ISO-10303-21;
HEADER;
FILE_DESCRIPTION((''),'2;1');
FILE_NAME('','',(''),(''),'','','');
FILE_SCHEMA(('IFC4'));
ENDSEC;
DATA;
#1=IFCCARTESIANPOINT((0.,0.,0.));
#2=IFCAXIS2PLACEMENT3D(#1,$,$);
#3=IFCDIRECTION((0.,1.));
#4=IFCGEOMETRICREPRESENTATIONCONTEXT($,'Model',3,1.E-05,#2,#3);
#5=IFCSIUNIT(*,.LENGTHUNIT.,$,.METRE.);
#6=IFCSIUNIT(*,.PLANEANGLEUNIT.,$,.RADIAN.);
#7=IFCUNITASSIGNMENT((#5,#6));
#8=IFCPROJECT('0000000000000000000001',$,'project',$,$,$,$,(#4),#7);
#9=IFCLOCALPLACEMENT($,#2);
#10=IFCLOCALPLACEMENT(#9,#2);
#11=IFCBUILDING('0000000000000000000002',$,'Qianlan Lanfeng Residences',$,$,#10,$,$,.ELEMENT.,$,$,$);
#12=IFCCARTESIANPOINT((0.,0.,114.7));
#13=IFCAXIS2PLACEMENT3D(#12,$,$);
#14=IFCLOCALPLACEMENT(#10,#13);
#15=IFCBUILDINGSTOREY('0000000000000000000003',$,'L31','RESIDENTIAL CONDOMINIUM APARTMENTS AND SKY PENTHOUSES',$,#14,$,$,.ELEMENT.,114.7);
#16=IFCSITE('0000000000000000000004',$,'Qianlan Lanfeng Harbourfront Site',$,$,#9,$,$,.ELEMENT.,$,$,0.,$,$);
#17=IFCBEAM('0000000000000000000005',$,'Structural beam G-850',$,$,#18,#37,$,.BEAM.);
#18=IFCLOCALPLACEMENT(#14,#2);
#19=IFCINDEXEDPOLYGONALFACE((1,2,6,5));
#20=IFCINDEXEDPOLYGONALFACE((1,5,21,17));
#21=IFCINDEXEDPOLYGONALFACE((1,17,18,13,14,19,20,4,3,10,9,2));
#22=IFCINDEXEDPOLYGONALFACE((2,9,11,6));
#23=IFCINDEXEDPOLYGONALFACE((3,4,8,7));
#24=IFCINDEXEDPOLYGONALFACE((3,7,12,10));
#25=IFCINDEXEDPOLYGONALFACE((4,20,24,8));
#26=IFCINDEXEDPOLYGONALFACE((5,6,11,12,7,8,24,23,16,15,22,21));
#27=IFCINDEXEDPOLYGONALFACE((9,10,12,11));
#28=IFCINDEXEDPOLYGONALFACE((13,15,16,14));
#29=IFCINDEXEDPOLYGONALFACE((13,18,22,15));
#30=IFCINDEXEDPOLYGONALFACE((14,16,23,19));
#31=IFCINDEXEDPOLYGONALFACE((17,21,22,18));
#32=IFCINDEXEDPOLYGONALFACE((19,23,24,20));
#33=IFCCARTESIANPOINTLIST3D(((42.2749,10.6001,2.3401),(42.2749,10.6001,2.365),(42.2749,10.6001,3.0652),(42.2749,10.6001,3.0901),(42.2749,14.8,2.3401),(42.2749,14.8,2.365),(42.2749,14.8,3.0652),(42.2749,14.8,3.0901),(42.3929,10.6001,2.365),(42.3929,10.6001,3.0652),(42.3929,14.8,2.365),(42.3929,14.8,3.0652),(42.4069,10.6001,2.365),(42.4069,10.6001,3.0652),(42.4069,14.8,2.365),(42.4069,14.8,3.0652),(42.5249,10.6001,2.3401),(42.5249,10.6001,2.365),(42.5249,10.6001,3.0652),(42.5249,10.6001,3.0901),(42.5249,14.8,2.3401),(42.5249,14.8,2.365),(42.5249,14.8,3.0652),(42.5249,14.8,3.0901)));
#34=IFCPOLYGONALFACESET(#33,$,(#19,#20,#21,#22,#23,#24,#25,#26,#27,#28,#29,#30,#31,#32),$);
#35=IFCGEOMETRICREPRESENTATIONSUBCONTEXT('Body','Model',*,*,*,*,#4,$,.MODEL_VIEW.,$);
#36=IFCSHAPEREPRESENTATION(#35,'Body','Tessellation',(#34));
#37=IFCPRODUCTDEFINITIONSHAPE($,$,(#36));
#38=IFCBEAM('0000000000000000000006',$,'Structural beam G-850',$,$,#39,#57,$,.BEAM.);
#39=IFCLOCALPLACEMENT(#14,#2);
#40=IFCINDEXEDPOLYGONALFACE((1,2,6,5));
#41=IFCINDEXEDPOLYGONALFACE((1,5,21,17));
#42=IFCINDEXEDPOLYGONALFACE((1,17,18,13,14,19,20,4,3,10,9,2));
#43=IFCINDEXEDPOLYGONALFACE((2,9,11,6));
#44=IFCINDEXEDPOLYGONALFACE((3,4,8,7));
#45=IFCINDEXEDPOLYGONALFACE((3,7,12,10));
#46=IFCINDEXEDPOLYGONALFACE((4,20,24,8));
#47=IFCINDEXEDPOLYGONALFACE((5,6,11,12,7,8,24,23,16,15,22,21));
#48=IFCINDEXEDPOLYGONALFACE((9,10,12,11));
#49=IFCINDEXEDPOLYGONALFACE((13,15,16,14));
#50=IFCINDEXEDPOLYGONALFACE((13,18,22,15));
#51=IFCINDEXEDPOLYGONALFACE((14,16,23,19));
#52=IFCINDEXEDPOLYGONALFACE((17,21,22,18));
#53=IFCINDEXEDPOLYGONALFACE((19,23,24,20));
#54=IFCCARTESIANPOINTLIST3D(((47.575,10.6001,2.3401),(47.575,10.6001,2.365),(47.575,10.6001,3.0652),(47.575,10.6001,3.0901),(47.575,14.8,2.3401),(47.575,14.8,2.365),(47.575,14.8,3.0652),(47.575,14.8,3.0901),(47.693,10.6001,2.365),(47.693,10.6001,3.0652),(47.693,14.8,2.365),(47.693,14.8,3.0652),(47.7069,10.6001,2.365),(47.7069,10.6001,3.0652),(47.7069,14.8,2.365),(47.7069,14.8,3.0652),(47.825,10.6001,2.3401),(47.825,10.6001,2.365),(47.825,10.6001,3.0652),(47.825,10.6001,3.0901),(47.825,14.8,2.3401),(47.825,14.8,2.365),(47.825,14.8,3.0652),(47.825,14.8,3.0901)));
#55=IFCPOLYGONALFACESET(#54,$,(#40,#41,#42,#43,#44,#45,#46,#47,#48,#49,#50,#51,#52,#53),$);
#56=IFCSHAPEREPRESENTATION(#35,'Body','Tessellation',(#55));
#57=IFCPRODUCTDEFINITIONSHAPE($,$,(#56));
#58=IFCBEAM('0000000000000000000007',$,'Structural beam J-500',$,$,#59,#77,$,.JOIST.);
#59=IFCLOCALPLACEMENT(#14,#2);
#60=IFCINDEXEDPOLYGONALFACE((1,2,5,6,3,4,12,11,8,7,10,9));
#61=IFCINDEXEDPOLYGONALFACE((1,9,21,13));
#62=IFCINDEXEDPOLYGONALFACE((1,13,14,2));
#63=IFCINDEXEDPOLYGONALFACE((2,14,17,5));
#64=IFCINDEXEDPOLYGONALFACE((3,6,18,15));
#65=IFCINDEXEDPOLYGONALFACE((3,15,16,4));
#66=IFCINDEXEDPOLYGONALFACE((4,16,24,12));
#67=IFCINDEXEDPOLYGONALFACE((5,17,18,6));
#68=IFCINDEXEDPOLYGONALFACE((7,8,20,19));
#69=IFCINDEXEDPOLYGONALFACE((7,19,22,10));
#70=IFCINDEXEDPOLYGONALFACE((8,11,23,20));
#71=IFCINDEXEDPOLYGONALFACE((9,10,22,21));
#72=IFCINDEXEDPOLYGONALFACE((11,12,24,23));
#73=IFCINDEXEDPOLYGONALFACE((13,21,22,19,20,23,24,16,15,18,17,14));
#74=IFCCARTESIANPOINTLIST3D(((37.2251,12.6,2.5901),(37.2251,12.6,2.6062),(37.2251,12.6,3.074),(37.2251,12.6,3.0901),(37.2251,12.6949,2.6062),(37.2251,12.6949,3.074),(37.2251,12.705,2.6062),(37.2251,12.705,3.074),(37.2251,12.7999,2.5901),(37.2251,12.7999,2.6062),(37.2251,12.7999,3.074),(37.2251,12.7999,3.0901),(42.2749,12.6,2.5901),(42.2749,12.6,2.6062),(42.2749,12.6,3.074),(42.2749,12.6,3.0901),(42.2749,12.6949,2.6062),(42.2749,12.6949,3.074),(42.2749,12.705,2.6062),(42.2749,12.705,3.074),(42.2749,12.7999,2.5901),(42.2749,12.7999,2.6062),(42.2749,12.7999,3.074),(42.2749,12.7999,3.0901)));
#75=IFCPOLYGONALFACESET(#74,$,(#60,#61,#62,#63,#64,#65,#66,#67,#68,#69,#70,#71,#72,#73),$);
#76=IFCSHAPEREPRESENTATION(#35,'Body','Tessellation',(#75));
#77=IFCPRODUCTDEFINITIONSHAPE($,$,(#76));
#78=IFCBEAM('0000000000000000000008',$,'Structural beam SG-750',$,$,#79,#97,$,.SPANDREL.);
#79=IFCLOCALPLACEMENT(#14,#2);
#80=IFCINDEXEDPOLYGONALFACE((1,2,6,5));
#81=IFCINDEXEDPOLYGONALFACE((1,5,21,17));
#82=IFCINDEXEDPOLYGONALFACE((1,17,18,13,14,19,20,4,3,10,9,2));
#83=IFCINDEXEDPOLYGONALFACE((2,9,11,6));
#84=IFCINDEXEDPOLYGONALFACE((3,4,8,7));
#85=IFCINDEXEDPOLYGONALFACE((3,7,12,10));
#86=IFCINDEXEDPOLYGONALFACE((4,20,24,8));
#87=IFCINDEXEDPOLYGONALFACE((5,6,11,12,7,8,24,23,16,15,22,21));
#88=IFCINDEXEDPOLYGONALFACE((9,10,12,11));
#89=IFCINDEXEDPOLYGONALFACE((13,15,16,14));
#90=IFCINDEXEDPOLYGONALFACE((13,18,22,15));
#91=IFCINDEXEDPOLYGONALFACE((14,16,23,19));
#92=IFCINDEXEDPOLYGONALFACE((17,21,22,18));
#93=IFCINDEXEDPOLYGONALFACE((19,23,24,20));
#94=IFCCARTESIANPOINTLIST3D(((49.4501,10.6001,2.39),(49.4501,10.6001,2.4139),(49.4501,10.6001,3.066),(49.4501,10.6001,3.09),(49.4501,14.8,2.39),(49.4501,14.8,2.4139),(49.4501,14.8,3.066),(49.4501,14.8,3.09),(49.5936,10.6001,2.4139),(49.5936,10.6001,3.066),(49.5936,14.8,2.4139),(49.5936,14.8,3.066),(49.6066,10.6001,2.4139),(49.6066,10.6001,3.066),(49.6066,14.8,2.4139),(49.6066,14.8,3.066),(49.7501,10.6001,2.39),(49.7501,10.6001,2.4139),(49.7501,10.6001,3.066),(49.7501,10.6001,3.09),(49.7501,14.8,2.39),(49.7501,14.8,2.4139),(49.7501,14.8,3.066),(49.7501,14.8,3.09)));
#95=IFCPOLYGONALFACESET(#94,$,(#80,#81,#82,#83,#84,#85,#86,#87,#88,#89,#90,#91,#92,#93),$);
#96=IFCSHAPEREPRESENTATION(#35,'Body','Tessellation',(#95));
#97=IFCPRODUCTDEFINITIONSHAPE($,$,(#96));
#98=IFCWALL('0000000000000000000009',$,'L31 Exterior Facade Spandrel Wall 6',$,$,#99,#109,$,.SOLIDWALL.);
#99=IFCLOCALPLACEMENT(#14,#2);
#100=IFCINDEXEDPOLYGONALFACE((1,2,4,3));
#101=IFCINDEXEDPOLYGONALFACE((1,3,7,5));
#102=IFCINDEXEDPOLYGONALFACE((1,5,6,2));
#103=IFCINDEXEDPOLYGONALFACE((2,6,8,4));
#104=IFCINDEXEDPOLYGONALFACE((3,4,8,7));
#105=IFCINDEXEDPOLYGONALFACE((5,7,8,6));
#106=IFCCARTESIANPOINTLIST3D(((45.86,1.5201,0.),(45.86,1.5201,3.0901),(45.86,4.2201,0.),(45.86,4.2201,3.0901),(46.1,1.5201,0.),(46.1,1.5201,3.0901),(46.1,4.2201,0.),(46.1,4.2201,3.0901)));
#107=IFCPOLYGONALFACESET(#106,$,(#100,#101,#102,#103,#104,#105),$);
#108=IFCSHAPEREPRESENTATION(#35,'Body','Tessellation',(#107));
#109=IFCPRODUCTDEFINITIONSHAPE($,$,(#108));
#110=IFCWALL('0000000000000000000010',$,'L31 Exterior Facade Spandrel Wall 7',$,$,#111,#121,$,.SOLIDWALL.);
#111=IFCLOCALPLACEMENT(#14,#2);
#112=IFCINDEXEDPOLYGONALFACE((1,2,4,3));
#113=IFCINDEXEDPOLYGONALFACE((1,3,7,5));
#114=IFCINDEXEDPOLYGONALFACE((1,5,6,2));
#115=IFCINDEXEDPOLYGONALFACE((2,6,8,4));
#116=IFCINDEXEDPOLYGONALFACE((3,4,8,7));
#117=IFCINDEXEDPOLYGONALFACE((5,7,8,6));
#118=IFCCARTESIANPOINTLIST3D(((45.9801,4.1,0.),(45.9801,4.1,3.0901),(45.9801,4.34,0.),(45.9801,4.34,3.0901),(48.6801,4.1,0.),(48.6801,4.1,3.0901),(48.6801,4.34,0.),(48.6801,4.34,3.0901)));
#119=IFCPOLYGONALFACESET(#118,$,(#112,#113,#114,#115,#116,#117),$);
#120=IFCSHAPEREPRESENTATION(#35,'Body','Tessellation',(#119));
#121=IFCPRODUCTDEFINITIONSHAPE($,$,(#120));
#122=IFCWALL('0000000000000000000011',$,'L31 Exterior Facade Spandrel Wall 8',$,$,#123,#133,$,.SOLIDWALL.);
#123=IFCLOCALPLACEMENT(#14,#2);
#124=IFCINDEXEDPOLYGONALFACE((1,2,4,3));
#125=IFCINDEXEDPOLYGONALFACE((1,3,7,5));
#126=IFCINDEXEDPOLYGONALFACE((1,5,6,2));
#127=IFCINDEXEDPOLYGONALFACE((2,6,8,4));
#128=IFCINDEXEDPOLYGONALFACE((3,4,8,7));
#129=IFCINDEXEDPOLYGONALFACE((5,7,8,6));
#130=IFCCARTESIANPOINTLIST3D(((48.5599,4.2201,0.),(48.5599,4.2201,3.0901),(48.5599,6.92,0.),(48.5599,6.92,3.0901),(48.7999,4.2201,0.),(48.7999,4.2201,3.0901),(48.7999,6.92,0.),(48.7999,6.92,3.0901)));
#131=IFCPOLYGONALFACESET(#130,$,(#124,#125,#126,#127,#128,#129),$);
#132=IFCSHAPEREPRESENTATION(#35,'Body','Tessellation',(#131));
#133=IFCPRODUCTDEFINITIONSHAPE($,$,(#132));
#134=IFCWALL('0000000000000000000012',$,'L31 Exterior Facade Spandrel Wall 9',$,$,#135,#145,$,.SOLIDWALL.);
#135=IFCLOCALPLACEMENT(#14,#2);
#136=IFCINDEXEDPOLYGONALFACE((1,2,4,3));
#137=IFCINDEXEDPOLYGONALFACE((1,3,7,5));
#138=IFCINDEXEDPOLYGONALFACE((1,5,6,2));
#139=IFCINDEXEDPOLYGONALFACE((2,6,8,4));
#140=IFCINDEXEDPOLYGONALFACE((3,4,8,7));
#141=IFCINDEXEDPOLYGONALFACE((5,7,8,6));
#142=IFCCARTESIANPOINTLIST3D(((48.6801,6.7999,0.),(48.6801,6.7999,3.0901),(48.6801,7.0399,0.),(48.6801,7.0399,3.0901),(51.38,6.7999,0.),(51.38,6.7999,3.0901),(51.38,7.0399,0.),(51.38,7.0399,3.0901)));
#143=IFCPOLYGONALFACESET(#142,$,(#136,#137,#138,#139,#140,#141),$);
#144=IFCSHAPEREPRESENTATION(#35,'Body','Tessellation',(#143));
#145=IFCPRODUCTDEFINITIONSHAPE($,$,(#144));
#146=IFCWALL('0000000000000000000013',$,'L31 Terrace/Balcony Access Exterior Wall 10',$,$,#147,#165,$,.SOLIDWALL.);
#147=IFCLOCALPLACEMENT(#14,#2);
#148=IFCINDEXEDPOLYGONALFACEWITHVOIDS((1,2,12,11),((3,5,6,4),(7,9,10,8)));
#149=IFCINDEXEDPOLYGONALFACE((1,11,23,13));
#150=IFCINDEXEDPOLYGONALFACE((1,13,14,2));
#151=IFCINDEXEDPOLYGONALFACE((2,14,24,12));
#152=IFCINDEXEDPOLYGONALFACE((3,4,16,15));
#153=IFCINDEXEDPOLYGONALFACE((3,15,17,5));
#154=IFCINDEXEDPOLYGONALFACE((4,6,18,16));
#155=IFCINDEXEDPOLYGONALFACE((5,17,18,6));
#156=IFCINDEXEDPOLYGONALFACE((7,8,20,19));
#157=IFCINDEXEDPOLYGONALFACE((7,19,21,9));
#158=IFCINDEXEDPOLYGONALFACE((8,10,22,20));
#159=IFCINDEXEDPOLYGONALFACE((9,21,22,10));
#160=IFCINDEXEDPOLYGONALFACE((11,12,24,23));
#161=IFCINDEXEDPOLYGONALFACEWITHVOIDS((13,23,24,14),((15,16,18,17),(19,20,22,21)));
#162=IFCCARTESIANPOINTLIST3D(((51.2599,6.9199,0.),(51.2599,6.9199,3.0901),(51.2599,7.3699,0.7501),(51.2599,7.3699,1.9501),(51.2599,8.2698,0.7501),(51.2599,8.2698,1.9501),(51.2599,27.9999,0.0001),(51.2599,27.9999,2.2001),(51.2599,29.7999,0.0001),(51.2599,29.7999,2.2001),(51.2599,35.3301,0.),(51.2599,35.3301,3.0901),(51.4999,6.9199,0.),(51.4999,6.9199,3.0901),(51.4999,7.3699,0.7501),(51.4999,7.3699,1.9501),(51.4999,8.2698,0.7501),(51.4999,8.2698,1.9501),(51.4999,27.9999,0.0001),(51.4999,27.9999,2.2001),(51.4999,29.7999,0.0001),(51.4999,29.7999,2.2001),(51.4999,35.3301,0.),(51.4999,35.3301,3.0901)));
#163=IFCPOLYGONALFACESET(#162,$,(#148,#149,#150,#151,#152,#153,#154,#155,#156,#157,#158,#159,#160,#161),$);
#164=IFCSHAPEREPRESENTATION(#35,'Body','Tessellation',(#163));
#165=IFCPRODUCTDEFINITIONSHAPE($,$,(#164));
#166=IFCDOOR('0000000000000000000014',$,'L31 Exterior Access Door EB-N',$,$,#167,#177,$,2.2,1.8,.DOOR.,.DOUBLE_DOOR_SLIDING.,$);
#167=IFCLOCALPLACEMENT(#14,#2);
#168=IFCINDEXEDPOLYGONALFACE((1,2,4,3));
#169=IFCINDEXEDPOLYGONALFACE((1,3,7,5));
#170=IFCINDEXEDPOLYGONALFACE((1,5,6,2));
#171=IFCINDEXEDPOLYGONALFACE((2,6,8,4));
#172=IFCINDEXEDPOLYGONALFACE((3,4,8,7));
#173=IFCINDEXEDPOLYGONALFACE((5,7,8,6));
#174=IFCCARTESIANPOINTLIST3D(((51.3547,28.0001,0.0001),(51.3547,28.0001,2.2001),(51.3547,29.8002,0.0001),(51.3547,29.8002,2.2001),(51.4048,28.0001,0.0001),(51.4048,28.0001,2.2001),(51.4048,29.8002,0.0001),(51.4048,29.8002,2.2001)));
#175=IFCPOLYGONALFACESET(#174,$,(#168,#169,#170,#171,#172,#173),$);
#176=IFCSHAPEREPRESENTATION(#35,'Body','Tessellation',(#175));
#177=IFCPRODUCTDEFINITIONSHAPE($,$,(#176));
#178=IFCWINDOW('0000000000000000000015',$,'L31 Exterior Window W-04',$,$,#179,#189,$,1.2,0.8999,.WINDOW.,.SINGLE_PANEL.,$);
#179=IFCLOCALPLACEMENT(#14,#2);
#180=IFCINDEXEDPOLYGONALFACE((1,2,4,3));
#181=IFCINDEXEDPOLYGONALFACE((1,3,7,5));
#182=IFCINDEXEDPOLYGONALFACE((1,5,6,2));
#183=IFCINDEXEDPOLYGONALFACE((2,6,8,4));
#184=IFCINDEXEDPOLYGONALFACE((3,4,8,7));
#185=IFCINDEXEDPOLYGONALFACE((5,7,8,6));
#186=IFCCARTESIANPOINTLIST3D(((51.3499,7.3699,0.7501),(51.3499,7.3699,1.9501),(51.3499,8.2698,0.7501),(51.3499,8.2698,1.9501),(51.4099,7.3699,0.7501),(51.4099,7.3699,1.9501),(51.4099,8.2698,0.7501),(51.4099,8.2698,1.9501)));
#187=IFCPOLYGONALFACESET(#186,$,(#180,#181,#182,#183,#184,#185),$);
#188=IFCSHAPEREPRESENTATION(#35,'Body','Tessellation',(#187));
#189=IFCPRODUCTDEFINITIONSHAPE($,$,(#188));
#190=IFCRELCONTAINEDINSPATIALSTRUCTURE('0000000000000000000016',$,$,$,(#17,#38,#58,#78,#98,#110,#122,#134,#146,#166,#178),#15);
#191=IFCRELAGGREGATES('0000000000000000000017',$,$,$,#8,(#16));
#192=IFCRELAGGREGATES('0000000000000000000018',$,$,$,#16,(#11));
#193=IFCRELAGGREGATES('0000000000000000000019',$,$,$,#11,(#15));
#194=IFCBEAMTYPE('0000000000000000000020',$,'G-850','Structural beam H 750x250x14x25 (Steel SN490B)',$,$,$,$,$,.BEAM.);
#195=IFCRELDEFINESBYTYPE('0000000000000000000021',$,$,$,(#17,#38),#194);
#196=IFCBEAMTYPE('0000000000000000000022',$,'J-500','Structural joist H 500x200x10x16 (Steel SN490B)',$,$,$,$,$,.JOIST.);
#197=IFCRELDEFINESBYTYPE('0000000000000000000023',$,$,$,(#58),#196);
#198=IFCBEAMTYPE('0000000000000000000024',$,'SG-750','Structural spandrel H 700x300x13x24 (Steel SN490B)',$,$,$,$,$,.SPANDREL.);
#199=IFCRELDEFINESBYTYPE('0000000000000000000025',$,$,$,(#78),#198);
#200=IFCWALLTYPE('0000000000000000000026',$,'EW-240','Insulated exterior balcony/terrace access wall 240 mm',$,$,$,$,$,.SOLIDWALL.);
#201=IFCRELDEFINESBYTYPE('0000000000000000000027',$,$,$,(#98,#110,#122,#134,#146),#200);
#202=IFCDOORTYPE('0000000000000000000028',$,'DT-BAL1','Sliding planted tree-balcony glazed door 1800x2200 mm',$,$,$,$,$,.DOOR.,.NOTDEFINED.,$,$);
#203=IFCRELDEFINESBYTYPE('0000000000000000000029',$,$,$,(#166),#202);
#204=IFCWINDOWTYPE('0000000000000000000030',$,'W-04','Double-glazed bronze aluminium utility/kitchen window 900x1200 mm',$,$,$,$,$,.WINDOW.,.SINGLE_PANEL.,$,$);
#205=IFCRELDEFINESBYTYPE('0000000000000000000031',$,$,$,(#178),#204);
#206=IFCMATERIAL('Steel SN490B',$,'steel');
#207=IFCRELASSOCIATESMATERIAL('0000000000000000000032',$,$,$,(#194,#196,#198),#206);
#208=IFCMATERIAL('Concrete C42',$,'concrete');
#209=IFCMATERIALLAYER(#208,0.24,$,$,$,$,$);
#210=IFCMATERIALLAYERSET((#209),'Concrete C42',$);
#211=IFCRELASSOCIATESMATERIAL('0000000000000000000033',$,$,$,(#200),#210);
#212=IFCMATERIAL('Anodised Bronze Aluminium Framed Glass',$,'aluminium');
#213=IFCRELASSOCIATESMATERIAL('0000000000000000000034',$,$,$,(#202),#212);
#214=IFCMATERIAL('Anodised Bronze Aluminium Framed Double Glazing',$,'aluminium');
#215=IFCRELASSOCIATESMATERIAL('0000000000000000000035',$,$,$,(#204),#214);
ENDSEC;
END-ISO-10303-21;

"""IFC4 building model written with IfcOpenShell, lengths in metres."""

from ifc_helpers import new_model, si_unit, direction, frame, frame_2d, origin, origin_2d, place, context, subcontext, project, spatial, rectangle, i_section, extrude, material, layer, layer_set, material_profile, profile_set, type_object, element, fill, save


model = new_model("IFC4")

# Units and contexts
model_context = context("Model", 3, precision=1e-05, world=origin(), true_north=direction((0.0, 1.0)))
body_context = subcontext(model_context, "Body", "Model", "MODEL_VIEW")
ifc_project = project(units=[si_unit("LENGTHUNIT", "METRE"), si_unit("PLANEANGLEUNIT", "RADIAN")], contexts=[model_context])

# Site, building, storey
site_placement = place(None, origin())
site = spatial("IfcSite", under=ifc_project, at=site_placement, Name="Qianlan Lanfeng Harbourfront Site", CompositionType="ELEMENT", RefElevation=0.0)
building_placement = place(site_placement, origin())
building = spatial("IfcBuilding", under=site, at=building_placement, Name="Qianlan Lanfeng Residences", CompositionType="ELEMENT")
storey_placement = place(building_placement, frame((0.0, 0.0, 114.7)))
storey = spatial("IfcBuildingStorey", under=building, at=storey_placement, Name="L31", Description="RESIDENTIAL CONDOMINIUM APARTMENTS AND SKY PENTHOUSES", CompositionType="ELEMENT", Elevation=114.7)

# Shared definitions
ifc_material_1 = material(Name="Steel SN490B", Category="steel")

# Beams
ifc_material_profile_1 = material_profile(ifc_material_1, i_section(OverallWidth=0.25, OverallDepth=0.75, WebThickness=0.0139, FlangeThickness=0.0249, at=origin_2d()), Name="H 750x250x14x25")
ifc_profile_set_1 = profile_set([ifc_material_profile_1], Name="Steel SN490B")
beam_type_1 = type_object("IfcBeamType", Name="G-850", Description="Structural beam H 750x250x14x25 (Steel SN490B)", PredefinedType="BEAM", material=ifc_profile_set_1)
for number, where, z_axis, x_axis, name in (
    (1, (42.3999, 10.6001, 2.7151), (0.0, 1.0, 0.0), (-1.0, 0.0, 0.0), "Structural beam G-850"),
    (2, (47.7, 10.6001, 2.7151), (0.0, 1.0, 0.0), (-1.0, 0.0, 0.0), "Structural beam G-850"),
):
    element("IfcBeam", number, at=place(storey_placement, frame(where, z_axis=z_axis, x_axis=x_axis)), inside=storey, type_object=beam_type_1, Name=name, PredefinedType="BEAM", context=body_context, shape_type="SweptSolid", body=[
        extrude(i_section(OverallWidth=0.25, OverallDepth=0.75, WebThickness=0.0139, FlangeThickness=0.0249, at=origin_2d()), origin(), (0.0, 0.0, 1.0), 4.2),
    ])
ifc_material_profile_2 = material_profile(ifc_material_1, i_section(OverallWidth=0.2, OverallDepth=0.5, WebThickness=0.01, FlangeThickness=0.0161, at=origin_2d()), Name="H 500x200x10x16")
ifc_profile_set_2 = profile_set([ifc_material_profile_2], Name="Steel SN490B")
beam_type_2 = type_object("IfcBeamType", Name="J-500", Description="Structural joist H 500x200x10x16 (Steel SN490B)", PredefinedType="JOIST", material=ifc_profile_set_2)
beam_1_placement = place(storey_placement, frame((37.2251, 12.7, 2.8401), z_axis=(1.0, 0.0, 0.0), x_axis=(0.0, 1.0, 0.0)))
element("IfcBeam", 3, at=beam_1_placement, inside=storey, type_object=beam_type_2, Name="Structural beam J-500", PredefinedType="JOIST", context=body_context, shape_type="SweptSolid", body=[
    extrude(i_section(OverallWidth=0.2, OverallDepth=0.5, WebThickness=0.01, FlangeThickness=0.0161, at=origin_2d()), origin(), (0.0, 0.0, 1.0), 5.0498),
])
ifc_material_profile_3 = material_profile(ifc_material_1, i_section(OverallWidth=0.3, OverallDepth=0.7, WebThickness=0.0129, FlangeThickness=0.0239, at=origin_2d()), Name="H 700x300x13x24")
ifc_profile_set_3 = profile_set([ifc_material_profile_3], Name="Steel SN490B")
beam_type_3 = type_object("IfcBeamType", Name="SG-750", Description="Structural spandrel H 700x300x13x24 (Steel SN490B)", PredefinedType="SPANDREL", material=ifc_profile_set_3)
beam_2_placement = place(storey_placement, frame((49.6001, 10.6001, 2.74), z_axis=(0.0, 1.0, 0.0), x_axis=(-1.0, 0.0, 0.0)))
element("IfcBeam", 4, at=beam_2_placement, inside=storey, type_object=beam_type_3, Name="Structural beam SG-750", PredefinedType="SPANDREL", context=body_context, shape_type="SweptSolid", body=[
    extrude(i_section(OverallWidth=0.3, OverallDepth=0.7, WebThickness=0.0129, FlangeThickness=0.0239, at=origin_2d()), origin(), (0.0, 0.0, 1.0), 4.2),
])

# Walls
ifc_material_2 = material(Name="Concrete C42", Category="concrete")
ifc_layer_1 = layer(ifc_material_2, 0.24)
ifc_layer_set_1 = layer_set([ifc_layer_1], Name="Concrete C42")
wall_type_1 = type_object("IfcWallType", Name="EW-240", Description="Insulated exterior balcony/terrace access wall 240 mm", PredefinedType="SOLIDWALL", material=ifc_layer_set_1)
for number, where, z_axis, x_axis, name in (
    (5, (45.98, 1.52, 0.0), (0.0, 0.0, 1.0), (0.0, 1.0, 0.0), "L31 Exterior Facade Spandrel Wall 6"),
    (6, (45.98, 4.22, 0.0), (0.0, 0.0, 1.0), (1.0, 0.0, 0.0), "L31 Exterior Facade Spandrel Wall 7"),
    (7, (48.6799, 4.22, 0.0), (0.0, 0.0, 1.0), (0.0, 1.0, 0.0), "L31 Exterior Facade Spandrel Wall 8"),
    (8, (48.6799, 6.9199, 0.0), (0.0, 0.0, 1.0), (1.0, 0.0, 0.0), "L31 Exterior Facade Spandrel Wall 9"),
):
    element("IfcWall", number, at=place(storey_placement, frame(where, z_axis=z_axis, x_axis=x_axis)), inside=storey, type_object=wall_type_1, Name=name, PredefinedType="SOLIDWALL", context=body_context, shape_type="SweptSolid", body=[
        extrude(rectangle(XDim=2.7, YDim=0.24, at=frame_2d((1.3501, 0.0))), origin(), (0.0, 0.0, 1.0), 3.0901),
    ])

# Wall, openings, door, window
wall_1_placement = place(storey_placement, frame((51.3799, 6.9199, 0.0), z_axis=(0.0, 0.0, 1.0), x_axis=(0.0, 1.0, 0.0)))
wall_1 = element("IfcWall", 9, at=wall_1_placement, inside=storey, type_object=wall_type_1, Name="L31 Terrace/Balcony Access Exterior Wall 10", PredefinedType="SOLIDWALL", context=body_context, shape_type="SweptSolid", body=[
    extrude(rectangle(XDim=28.4102, YDim=0.24, at=frame_2d((14.2051, 0.0))), origin(), (0.0, 0.0, 1.0), 3.0901),
])
opening_1_placement = place(wall_1_placement, frame((21.0801, 0.0, 0.0)))
opening_1 = element("IfcOpeningElement", 10, at=opening_1_placement, cuts=wall_1, PredefinedType="OPENING", context=body_context, shape_type="SweptSolid", body=[
    extrude(rectangle(XDim=1.8, YDim=2.2, at=frame_2d((0.8999, 1.1001))), frame((0.0, 0.1299, 0.0), z_axis=(0.0, -1.0, 0.0), x_axis=(1.0, 0.0, 0.0)), (0.0, 0.0, 1.0), 0.26),
])
opening_2_placement = place(wall_1_placement, frame((0.45, 0.0, 0.75)))
opening_2 = element("IfcOpeningElement", 11, at=opening_2_placement, cuts=wall_1, PredefinedType="OPENING", context=body_context, shape_type="SweptSolid", body=[
    extrude(rectangle(XDim=0.8999, YDim=1.2, at=frame_2d((0.45, 0.6001))), frame((0.0, 0.1299, 0.0), z_axis=(0.0, -1.0, 0.0), x_axis=(1.0, 0.0, 0.0)), (0.0, 0.0, 1.0), 0.26),
])
ifc_material_3 = material(Name="Anodised Bronze Aluminium Framed Glass", Category="aluminium")
door_type_1 = type_object("IfcDoorType", Name="DT-BAL1", Description="Sliding planted tree-balcony glazed door 1800x2200 mm", OperationType="NOTDEFINED", PredefinedType="DOOR", material=ifc_material_3)
door_1_placement = place(opening_1_placement, frame((1.8, 0.0, 0.0), z_axis=(0.0, 0.0, 1.0), x_axis=(-1.0, 0.0, 0.0)))
door_1 = element("IfcDoor", 12, at=door_1_placement, inside=storey, type_object=door_type_1, Name="L31 Exterior Access Door EB-N", OperationType="DOUBLE_DOOR_SLIDING", OverallHeight=2.2, OverallWidth=1.8, PredefinedType="DOOR", context=body_context, shape_type="SweptSolid", body=[
    extrude(rectangle(XDim=1.8, YDim=2.2, at=frame_2d((0.8999, 1.1001))), frame((0.0, 0.0249, 0.0), z_axis=(0.0, -1.0, 0.0), x_axis=(1.0, 0.0, 0.0)), (0.0, 0.0, 1.0), 0.05),
])
fill(opening_1, door_1)
ifc_material_4 = material(Name="Anodised Bronze Aluminium Framed Double Glazing", Category="aluminium")
window_type = type_object("IfcWindowType", Name="W-04", Description="Double-glazed bronze aluminium utility/kitchen window 900x1200 mm", PartitioningType="SINGLE_PANEL", PredefinedType="WINDOW", material=ifc_material_4)
window_placement = place(opening_2_placement, origin())
window = element("IfcWindow", 13, at=window_placement, inside=storey, type_object=window_type, Name="L31 Exterior Window W-04", OverallHeight=1.2, OverallWidth=0.8999, PartitioningType="SINGLE_PANEL", PredefinedType="WINDOW", context=body_context, shape_type="SweptSolid", body=[
    extrude(rectangle(XDim=0.8999, YDim=1.2, at=frame_2d((0.45, 0.6001))), frame((0.0, 0.03, 0.0), z_axis=(0.0, -1.0, 0.0), x_axis=(1.0, 0.0, 0.0)), (0.0, 0.0, 1.0), 0.0601),
])
fill(opening_2, window)

save(model, "model.ifc")
